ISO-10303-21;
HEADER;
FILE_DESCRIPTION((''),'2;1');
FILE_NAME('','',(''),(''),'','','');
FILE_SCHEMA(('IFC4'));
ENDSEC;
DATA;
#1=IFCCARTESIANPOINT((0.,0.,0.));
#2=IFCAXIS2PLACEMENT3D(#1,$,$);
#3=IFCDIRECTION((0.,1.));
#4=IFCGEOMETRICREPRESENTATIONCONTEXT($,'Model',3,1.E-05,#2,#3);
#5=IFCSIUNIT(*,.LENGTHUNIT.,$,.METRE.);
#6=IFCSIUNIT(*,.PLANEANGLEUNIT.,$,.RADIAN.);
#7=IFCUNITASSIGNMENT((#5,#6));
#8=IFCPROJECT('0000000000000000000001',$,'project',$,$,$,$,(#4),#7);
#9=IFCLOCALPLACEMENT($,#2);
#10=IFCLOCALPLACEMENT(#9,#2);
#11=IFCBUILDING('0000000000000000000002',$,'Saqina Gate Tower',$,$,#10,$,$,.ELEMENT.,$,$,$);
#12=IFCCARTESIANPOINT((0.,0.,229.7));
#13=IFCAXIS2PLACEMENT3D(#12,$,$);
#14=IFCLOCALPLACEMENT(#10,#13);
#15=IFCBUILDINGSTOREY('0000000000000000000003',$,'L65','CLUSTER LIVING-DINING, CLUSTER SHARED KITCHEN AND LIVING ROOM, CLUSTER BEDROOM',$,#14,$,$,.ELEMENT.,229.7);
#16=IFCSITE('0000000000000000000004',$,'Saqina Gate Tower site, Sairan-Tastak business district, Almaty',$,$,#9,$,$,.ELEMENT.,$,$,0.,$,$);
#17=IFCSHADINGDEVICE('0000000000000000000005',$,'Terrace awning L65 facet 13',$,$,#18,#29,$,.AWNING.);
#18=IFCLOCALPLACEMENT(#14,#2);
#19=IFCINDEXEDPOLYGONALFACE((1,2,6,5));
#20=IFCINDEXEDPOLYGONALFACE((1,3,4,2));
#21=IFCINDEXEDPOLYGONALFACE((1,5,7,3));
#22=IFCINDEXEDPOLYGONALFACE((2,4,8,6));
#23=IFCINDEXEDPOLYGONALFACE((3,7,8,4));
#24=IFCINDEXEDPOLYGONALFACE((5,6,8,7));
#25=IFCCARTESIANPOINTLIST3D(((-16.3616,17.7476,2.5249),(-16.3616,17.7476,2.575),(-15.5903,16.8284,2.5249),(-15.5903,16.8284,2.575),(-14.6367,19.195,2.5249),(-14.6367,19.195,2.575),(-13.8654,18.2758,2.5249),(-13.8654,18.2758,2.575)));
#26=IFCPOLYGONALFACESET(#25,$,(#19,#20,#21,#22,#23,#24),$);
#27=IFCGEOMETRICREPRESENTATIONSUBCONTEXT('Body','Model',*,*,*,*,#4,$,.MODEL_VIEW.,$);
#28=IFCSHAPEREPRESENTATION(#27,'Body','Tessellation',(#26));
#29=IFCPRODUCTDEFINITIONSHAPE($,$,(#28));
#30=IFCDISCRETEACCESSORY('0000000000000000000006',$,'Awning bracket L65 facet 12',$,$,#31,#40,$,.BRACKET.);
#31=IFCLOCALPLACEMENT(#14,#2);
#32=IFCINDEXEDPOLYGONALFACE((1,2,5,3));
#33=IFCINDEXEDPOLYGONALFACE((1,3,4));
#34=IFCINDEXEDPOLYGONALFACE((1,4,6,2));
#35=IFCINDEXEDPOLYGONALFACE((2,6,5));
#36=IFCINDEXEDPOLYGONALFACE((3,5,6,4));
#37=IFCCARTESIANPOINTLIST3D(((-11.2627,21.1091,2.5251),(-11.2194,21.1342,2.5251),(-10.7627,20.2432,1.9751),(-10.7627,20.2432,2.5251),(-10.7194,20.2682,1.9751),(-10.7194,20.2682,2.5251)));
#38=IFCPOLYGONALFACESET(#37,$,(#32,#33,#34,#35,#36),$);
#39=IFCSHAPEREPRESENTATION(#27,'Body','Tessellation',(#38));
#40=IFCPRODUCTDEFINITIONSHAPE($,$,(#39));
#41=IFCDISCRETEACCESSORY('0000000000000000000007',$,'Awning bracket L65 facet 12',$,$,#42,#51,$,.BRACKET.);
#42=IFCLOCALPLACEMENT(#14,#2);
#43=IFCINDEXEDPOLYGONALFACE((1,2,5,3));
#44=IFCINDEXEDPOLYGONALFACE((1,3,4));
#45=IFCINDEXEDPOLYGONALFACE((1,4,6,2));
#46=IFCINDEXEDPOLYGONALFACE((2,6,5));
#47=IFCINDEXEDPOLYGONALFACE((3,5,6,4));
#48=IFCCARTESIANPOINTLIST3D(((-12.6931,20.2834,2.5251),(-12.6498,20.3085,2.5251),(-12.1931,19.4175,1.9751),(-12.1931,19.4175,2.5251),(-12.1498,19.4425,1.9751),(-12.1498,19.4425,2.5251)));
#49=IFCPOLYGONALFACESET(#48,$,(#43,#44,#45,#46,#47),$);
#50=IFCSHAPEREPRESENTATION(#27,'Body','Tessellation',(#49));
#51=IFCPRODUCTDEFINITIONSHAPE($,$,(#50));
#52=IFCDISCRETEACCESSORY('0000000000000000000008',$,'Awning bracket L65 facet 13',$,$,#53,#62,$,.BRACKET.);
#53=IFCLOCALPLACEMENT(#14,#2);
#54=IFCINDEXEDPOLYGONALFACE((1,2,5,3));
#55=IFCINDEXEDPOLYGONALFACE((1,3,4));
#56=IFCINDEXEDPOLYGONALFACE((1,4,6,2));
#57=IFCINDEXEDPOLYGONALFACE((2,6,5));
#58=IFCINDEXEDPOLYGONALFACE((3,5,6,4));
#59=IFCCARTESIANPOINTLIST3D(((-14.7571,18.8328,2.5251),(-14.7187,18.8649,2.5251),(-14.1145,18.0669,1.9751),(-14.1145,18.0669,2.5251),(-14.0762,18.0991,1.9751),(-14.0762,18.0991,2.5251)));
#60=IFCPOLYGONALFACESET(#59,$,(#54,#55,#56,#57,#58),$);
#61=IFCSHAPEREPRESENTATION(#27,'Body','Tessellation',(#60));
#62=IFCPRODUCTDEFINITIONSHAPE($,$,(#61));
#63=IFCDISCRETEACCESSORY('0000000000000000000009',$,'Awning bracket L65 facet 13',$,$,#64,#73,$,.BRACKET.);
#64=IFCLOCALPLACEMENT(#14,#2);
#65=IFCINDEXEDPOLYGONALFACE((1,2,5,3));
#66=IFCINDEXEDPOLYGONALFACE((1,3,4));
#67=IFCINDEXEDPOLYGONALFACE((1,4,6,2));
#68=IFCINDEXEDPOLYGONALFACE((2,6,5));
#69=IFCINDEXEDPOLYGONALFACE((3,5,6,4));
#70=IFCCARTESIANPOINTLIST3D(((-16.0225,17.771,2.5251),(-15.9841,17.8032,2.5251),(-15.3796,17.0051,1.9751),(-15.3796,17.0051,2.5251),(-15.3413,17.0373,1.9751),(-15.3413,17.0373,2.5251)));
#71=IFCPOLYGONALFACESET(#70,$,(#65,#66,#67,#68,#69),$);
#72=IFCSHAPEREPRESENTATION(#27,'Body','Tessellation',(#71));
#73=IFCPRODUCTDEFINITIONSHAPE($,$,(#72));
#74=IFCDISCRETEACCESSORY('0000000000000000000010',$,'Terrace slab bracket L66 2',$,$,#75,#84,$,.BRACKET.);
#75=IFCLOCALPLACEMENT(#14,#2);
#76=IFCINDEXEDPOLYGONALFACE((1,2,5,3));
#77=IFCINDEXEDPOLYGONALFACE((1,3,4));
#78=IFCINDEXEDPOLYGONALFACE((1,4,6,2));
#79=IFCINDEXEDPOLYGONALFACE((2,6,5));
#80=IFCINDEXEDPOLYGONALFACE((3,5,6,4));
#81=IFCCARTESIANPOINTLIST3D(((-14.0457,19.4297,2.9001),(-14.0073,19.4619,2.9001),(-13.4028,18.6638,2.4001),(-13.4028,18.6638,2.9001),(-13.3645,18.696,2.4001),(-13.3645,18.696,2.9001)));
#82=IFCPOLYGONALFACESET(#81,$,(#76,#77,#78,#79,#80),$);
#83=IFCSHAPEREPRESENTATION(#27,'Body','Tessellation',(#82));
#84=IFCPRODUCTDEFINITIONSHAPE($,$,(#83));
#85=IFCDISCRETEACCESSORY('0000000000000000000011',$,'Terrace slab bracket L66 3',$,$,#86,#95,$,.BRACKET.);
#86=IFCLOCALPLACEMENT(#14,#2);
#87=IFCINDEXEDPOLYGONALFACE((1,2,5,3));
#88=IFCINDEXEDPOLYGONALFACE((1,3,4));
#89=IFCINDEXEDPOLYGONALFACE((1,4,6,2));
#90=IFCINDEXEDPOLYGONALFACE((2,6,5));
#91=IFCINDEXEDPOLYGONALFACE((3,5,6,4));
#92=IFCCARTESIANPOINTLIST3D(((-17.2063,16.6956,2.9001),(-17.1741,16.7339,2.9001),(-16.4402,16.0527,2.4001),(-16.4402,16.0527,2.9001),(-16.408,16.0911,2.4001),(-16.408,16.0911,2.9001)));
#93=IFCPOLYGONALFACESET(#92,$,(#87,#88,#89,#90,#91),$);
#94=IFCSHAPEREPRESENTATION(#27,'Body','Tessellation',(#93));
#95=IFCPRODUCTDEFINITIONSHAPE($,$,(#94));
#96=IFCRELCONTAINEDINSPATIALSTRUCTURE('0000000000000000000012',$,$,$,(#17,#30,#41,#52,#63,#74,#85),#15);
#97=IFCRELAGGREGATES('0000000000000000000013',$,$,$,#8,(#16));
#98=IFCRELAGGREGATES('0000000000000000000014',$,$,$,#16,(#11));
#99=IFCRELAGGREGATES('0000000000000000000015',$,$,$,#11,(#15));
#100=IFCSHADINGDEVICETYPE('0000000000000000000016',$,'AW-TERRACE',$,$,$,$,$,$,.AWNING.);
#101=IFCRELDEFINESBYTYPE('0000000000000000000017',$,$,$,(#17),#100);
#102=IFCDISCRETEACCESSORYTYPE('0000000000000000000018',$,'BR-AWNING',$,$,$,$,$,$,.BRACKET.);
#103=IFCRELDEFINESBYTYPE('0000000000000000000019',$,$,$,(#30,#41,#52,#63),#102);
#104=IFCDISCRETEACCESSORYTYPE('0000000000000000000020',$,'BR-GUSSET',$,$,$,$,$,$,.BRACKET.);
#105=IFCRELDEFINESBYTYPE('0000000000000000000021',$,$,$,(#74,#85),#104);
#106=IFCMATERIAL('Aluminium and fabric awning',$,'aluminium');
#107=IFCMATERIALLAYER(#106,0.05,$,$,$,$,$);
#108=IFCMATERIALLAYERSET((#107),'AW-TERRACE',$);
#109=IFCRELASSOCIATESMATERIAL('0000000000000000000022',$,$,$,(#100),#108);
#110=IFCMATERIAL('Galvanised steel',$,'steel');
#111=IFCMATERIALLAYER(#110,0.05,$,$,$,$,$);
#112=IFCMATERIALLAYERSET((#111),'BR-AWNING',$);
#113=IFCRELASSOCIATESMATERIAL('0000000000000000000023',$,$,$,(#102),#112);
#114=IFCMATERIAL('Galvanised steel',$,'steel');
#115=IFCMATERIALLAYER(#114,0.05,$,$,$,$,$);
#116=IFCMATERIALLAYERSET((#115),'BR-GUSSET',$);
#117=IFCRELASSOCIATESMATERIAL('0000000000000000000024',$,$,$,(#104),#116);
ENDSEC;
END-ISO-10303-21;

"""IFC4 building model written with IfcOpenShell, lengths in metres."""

from ifc_helpers import new_model, si_unit, direction, frame, origin, origin_2d, place, context, subcontext, project, spatial, polyline, rectangle, outline, extrude, material, layer, layer_set, type_object, element, save


model = new_model("IFC4")

# Units and contexts
model_context = context("Model", 3, precision=1e-05, world=origin(), true_north=direction((0.0, 1.0)))
body_context = subcontext(model_context, "Body", "Model", "MODEL_VIEW")
ifc_project = project(units=[si_unit("LENGTHUNIT", "METRE"), si_unit("PLANEANGLEUNIT", "RADIAN")], contexts=[model_context])

# Site, building, storey
site_placement = place(None, origin())
site = spatial("IfcSite", under=ifc_project, at=site_placement, Name="Saqina Gate Tower site, Sairan-Tastak business district, Almaty", CompositionType="ELEMENT", RefElevation=0.0)
building_placement = place(site_placement, origin())
building = spatial("IfcBuilding", under=site, at=building_placement, Name="Saqina Gate Tower", CompositionType="ELEMENT")
storey_placement = place(building_placement, frame((0.0, 0.0, 229.7)))
storey = spatial("IfcBuildingStorey", under=building, at=storey_placement, Name="L65", Description="CLUSTER LIVING-DINING, CLUSTER SHARED KITCHEN AND LIVING ROOM, CLUSTER BEDROOM", CompositionType="ELEMENT", Elevation=229.7)

# Shading device
ifc_material_1 = material(Name="Aluminium and fabric awning", Category="aluminium")
ifc_layer_1 = layer(ifc_material_1, 0.05)
ifc_layer_set_1 = layer_set([ifc_layer_1], Name="AW-TERRACE")
shading_device_type = type_object("IfcShadingDeviceType", Name="AW-TERRACE", PredefinedType="AWNING", material=ifc_layer_set_1)
for number, where, z_axis, x_axis, name in (
    (1, (-15.1135, 18.0117, 2.5249), (0.0, 0.0, 1.0), (-0.766044, -0.642788, 0.0), "Terrace awning L65 facet 13"),
):
    element("IfcShadingDevice", number, at=place(storey_placement, frame(where, z_axis=z_axis, x_axis=x_axis)), inside=storey, type_object=shading_device_type, Name=name, PredefinedType="AWNING", context=body_context, shape_type="SweptSolid", body=[
        extrude(rectangle(XDim=2.2517, YDim=1.2, at=origin_2d()), origin(), (0.0, 0.0, 1.0), 0.05),
    ])

# Discrete accessories
ifc_material_2 = material(Name="Galvanised steel", Category="steel")
ifc_layer_2 = layer(ifc_material_2, 0.05)
ifc_layer_set_2 = layer_set([ifc_layer_2], Name="BR-AWNING")
discrete_accessory_type_1 = type_object("IfcDiscreteAccessoryType", Name="BR-AWNING", PredefinedType="BRACKET", material=ifc_layer_set_2)
for number, where, z_axis, x_axis, name in (
    (2, (-10.7627, 20.2432, 1.9751), (-0.866011, -0.500025, 0.0), (0.0, 0.0, 1.0), "Awning bracket L65 facet 12"),
    (3, (-12.1931, 19.4175, 1.9751), (-0.866011, -0.500025, 0.0), (0.0, 0.0, 1.0), "Awning bracket L65 facet 12"),
):
    element("IfcDiscreteAccessory", number, at=place(storey_placement, frame(where, z_axis=z_axis, x_axis=x_axis)), inside=storey, type_object=discrete_accessory_type_1, Name=name, PredefinedType="BRACKET", context=body_context, shape_type="SweptSolid", body=[
        extrude(outline(polyline([(0.0, 0.0), (0.55, 0.0), (0.55, 0.9999), (0.0, 0.0)])), origin(), (0.0, 0.0, -1.0), 0.05),
    ])
discrete_accessory_1_placement = place(storey_placement, frame((-14.1145, 18.0669, 1.9751), z_axis=(-0.766075, -0.642751, 0.0), x_axis=(0.0, 0.0, 1.0)))
element("IfcDiscreteAccessory", 4, at=discrete_accessory_1_placement, inside=storey, type_object=discrete_accessory_type_1, Name="Awning bracket L65 facet 13", PredefinedType="BRACKET", context=body_context, shape_type="SweptSolid", body=[
    extrude(outline(polyline([(0.0, 0.0), (0.55, 0.0), (0.55, 0.9997), (0.0, 0.0)])), origin(), (0.0, 0.0, -1.0), 0.05),
])
discrete_accessory_2_placement = place(storey_placement, frame((-15.3796, 17.0051, 1.9751), z_axis=(-0.765955, -0.642894, 0.0), x_axis=(0.0, 0.0, 1.0)))
element("IfcDiscreteAccessory", 5, at=discrete_accessory_2_placement, inside=storey, type_object=discrete_accessory_type_1, Name="Awning bracket L65 facet 13", PredefinedType="BRACKET", context=body_context, shape_type="SweptSolid", body=[
    extrude(outline(polyline([(0.0, 0.0), (0.55, 0.0), (0.55, 0.9999), (0.0, 0.0)])), origin(), (0.0, 0.0, -1.0), 0.05),
])
ifc_material_3 = material(Name="Galvanised steel", Category="steel")
ifc_layer_3 = layer(ifc_material_3, 0.05)
ifc_layer_set_3 = layer_set([ifc_layer_3], Name="BR-GUSSET")
discrete_accessory_type_2 = type_object("IfcDiscreteAccessoryType", Name="BR-GUSSET", PredefinedType="BRACKET", material=ifc_layer_set_3)
discrete_accessory_3_placement = place(storey_placement, frame((-13.4028, 18.6638, 2.4001), z_axis=(-0.765955, -0.642894, 0.0), x_axis=(0.0, 0.0, 1.0)))
element("IfcDiscreteAccessory", 6, at=discrete_accessory_3_placement, inside=storey, type_object=discrete_accessory_type_2, Name="Terrace slab bracket L66 2", PredefinedType="BRACKET", context=body_context, shape_type="SweptSolid", body=[
    extrude(outline(polyline([(0.0, 0.0), (0.5, 0.0), (0.5, 0.9999), (0.0, 0.0)])), origin(), (0.0, 0.0, -1.0), 0.05),
])
discrete_accessory_4_placement = place(storey_placement, frame((-16.4402, 16.0527, 2.4001), z_axis=(-0.642774, -0.766056, 0.0), x_axis=(0.0, 0.0, 1.0)))
element("IfcDiscreteAccessory", 7, at=discrete_accessory_4_placement, inside=storey, type_object=discrete_accessory_type_2, Name="Terrace slab bracket L66 3", PredefinedType="BRACKET", context=body_context, shape_type="SweptSolid", body=[
    extrude(outline(polyline([(0.0, 0.0), (0.5, 0.0), (0.5, 1.0001), (0.0, 0.0)])), origin(), (0.0, 0.0, -1.0), 0.05),
])

save(model, "model.ifc")
